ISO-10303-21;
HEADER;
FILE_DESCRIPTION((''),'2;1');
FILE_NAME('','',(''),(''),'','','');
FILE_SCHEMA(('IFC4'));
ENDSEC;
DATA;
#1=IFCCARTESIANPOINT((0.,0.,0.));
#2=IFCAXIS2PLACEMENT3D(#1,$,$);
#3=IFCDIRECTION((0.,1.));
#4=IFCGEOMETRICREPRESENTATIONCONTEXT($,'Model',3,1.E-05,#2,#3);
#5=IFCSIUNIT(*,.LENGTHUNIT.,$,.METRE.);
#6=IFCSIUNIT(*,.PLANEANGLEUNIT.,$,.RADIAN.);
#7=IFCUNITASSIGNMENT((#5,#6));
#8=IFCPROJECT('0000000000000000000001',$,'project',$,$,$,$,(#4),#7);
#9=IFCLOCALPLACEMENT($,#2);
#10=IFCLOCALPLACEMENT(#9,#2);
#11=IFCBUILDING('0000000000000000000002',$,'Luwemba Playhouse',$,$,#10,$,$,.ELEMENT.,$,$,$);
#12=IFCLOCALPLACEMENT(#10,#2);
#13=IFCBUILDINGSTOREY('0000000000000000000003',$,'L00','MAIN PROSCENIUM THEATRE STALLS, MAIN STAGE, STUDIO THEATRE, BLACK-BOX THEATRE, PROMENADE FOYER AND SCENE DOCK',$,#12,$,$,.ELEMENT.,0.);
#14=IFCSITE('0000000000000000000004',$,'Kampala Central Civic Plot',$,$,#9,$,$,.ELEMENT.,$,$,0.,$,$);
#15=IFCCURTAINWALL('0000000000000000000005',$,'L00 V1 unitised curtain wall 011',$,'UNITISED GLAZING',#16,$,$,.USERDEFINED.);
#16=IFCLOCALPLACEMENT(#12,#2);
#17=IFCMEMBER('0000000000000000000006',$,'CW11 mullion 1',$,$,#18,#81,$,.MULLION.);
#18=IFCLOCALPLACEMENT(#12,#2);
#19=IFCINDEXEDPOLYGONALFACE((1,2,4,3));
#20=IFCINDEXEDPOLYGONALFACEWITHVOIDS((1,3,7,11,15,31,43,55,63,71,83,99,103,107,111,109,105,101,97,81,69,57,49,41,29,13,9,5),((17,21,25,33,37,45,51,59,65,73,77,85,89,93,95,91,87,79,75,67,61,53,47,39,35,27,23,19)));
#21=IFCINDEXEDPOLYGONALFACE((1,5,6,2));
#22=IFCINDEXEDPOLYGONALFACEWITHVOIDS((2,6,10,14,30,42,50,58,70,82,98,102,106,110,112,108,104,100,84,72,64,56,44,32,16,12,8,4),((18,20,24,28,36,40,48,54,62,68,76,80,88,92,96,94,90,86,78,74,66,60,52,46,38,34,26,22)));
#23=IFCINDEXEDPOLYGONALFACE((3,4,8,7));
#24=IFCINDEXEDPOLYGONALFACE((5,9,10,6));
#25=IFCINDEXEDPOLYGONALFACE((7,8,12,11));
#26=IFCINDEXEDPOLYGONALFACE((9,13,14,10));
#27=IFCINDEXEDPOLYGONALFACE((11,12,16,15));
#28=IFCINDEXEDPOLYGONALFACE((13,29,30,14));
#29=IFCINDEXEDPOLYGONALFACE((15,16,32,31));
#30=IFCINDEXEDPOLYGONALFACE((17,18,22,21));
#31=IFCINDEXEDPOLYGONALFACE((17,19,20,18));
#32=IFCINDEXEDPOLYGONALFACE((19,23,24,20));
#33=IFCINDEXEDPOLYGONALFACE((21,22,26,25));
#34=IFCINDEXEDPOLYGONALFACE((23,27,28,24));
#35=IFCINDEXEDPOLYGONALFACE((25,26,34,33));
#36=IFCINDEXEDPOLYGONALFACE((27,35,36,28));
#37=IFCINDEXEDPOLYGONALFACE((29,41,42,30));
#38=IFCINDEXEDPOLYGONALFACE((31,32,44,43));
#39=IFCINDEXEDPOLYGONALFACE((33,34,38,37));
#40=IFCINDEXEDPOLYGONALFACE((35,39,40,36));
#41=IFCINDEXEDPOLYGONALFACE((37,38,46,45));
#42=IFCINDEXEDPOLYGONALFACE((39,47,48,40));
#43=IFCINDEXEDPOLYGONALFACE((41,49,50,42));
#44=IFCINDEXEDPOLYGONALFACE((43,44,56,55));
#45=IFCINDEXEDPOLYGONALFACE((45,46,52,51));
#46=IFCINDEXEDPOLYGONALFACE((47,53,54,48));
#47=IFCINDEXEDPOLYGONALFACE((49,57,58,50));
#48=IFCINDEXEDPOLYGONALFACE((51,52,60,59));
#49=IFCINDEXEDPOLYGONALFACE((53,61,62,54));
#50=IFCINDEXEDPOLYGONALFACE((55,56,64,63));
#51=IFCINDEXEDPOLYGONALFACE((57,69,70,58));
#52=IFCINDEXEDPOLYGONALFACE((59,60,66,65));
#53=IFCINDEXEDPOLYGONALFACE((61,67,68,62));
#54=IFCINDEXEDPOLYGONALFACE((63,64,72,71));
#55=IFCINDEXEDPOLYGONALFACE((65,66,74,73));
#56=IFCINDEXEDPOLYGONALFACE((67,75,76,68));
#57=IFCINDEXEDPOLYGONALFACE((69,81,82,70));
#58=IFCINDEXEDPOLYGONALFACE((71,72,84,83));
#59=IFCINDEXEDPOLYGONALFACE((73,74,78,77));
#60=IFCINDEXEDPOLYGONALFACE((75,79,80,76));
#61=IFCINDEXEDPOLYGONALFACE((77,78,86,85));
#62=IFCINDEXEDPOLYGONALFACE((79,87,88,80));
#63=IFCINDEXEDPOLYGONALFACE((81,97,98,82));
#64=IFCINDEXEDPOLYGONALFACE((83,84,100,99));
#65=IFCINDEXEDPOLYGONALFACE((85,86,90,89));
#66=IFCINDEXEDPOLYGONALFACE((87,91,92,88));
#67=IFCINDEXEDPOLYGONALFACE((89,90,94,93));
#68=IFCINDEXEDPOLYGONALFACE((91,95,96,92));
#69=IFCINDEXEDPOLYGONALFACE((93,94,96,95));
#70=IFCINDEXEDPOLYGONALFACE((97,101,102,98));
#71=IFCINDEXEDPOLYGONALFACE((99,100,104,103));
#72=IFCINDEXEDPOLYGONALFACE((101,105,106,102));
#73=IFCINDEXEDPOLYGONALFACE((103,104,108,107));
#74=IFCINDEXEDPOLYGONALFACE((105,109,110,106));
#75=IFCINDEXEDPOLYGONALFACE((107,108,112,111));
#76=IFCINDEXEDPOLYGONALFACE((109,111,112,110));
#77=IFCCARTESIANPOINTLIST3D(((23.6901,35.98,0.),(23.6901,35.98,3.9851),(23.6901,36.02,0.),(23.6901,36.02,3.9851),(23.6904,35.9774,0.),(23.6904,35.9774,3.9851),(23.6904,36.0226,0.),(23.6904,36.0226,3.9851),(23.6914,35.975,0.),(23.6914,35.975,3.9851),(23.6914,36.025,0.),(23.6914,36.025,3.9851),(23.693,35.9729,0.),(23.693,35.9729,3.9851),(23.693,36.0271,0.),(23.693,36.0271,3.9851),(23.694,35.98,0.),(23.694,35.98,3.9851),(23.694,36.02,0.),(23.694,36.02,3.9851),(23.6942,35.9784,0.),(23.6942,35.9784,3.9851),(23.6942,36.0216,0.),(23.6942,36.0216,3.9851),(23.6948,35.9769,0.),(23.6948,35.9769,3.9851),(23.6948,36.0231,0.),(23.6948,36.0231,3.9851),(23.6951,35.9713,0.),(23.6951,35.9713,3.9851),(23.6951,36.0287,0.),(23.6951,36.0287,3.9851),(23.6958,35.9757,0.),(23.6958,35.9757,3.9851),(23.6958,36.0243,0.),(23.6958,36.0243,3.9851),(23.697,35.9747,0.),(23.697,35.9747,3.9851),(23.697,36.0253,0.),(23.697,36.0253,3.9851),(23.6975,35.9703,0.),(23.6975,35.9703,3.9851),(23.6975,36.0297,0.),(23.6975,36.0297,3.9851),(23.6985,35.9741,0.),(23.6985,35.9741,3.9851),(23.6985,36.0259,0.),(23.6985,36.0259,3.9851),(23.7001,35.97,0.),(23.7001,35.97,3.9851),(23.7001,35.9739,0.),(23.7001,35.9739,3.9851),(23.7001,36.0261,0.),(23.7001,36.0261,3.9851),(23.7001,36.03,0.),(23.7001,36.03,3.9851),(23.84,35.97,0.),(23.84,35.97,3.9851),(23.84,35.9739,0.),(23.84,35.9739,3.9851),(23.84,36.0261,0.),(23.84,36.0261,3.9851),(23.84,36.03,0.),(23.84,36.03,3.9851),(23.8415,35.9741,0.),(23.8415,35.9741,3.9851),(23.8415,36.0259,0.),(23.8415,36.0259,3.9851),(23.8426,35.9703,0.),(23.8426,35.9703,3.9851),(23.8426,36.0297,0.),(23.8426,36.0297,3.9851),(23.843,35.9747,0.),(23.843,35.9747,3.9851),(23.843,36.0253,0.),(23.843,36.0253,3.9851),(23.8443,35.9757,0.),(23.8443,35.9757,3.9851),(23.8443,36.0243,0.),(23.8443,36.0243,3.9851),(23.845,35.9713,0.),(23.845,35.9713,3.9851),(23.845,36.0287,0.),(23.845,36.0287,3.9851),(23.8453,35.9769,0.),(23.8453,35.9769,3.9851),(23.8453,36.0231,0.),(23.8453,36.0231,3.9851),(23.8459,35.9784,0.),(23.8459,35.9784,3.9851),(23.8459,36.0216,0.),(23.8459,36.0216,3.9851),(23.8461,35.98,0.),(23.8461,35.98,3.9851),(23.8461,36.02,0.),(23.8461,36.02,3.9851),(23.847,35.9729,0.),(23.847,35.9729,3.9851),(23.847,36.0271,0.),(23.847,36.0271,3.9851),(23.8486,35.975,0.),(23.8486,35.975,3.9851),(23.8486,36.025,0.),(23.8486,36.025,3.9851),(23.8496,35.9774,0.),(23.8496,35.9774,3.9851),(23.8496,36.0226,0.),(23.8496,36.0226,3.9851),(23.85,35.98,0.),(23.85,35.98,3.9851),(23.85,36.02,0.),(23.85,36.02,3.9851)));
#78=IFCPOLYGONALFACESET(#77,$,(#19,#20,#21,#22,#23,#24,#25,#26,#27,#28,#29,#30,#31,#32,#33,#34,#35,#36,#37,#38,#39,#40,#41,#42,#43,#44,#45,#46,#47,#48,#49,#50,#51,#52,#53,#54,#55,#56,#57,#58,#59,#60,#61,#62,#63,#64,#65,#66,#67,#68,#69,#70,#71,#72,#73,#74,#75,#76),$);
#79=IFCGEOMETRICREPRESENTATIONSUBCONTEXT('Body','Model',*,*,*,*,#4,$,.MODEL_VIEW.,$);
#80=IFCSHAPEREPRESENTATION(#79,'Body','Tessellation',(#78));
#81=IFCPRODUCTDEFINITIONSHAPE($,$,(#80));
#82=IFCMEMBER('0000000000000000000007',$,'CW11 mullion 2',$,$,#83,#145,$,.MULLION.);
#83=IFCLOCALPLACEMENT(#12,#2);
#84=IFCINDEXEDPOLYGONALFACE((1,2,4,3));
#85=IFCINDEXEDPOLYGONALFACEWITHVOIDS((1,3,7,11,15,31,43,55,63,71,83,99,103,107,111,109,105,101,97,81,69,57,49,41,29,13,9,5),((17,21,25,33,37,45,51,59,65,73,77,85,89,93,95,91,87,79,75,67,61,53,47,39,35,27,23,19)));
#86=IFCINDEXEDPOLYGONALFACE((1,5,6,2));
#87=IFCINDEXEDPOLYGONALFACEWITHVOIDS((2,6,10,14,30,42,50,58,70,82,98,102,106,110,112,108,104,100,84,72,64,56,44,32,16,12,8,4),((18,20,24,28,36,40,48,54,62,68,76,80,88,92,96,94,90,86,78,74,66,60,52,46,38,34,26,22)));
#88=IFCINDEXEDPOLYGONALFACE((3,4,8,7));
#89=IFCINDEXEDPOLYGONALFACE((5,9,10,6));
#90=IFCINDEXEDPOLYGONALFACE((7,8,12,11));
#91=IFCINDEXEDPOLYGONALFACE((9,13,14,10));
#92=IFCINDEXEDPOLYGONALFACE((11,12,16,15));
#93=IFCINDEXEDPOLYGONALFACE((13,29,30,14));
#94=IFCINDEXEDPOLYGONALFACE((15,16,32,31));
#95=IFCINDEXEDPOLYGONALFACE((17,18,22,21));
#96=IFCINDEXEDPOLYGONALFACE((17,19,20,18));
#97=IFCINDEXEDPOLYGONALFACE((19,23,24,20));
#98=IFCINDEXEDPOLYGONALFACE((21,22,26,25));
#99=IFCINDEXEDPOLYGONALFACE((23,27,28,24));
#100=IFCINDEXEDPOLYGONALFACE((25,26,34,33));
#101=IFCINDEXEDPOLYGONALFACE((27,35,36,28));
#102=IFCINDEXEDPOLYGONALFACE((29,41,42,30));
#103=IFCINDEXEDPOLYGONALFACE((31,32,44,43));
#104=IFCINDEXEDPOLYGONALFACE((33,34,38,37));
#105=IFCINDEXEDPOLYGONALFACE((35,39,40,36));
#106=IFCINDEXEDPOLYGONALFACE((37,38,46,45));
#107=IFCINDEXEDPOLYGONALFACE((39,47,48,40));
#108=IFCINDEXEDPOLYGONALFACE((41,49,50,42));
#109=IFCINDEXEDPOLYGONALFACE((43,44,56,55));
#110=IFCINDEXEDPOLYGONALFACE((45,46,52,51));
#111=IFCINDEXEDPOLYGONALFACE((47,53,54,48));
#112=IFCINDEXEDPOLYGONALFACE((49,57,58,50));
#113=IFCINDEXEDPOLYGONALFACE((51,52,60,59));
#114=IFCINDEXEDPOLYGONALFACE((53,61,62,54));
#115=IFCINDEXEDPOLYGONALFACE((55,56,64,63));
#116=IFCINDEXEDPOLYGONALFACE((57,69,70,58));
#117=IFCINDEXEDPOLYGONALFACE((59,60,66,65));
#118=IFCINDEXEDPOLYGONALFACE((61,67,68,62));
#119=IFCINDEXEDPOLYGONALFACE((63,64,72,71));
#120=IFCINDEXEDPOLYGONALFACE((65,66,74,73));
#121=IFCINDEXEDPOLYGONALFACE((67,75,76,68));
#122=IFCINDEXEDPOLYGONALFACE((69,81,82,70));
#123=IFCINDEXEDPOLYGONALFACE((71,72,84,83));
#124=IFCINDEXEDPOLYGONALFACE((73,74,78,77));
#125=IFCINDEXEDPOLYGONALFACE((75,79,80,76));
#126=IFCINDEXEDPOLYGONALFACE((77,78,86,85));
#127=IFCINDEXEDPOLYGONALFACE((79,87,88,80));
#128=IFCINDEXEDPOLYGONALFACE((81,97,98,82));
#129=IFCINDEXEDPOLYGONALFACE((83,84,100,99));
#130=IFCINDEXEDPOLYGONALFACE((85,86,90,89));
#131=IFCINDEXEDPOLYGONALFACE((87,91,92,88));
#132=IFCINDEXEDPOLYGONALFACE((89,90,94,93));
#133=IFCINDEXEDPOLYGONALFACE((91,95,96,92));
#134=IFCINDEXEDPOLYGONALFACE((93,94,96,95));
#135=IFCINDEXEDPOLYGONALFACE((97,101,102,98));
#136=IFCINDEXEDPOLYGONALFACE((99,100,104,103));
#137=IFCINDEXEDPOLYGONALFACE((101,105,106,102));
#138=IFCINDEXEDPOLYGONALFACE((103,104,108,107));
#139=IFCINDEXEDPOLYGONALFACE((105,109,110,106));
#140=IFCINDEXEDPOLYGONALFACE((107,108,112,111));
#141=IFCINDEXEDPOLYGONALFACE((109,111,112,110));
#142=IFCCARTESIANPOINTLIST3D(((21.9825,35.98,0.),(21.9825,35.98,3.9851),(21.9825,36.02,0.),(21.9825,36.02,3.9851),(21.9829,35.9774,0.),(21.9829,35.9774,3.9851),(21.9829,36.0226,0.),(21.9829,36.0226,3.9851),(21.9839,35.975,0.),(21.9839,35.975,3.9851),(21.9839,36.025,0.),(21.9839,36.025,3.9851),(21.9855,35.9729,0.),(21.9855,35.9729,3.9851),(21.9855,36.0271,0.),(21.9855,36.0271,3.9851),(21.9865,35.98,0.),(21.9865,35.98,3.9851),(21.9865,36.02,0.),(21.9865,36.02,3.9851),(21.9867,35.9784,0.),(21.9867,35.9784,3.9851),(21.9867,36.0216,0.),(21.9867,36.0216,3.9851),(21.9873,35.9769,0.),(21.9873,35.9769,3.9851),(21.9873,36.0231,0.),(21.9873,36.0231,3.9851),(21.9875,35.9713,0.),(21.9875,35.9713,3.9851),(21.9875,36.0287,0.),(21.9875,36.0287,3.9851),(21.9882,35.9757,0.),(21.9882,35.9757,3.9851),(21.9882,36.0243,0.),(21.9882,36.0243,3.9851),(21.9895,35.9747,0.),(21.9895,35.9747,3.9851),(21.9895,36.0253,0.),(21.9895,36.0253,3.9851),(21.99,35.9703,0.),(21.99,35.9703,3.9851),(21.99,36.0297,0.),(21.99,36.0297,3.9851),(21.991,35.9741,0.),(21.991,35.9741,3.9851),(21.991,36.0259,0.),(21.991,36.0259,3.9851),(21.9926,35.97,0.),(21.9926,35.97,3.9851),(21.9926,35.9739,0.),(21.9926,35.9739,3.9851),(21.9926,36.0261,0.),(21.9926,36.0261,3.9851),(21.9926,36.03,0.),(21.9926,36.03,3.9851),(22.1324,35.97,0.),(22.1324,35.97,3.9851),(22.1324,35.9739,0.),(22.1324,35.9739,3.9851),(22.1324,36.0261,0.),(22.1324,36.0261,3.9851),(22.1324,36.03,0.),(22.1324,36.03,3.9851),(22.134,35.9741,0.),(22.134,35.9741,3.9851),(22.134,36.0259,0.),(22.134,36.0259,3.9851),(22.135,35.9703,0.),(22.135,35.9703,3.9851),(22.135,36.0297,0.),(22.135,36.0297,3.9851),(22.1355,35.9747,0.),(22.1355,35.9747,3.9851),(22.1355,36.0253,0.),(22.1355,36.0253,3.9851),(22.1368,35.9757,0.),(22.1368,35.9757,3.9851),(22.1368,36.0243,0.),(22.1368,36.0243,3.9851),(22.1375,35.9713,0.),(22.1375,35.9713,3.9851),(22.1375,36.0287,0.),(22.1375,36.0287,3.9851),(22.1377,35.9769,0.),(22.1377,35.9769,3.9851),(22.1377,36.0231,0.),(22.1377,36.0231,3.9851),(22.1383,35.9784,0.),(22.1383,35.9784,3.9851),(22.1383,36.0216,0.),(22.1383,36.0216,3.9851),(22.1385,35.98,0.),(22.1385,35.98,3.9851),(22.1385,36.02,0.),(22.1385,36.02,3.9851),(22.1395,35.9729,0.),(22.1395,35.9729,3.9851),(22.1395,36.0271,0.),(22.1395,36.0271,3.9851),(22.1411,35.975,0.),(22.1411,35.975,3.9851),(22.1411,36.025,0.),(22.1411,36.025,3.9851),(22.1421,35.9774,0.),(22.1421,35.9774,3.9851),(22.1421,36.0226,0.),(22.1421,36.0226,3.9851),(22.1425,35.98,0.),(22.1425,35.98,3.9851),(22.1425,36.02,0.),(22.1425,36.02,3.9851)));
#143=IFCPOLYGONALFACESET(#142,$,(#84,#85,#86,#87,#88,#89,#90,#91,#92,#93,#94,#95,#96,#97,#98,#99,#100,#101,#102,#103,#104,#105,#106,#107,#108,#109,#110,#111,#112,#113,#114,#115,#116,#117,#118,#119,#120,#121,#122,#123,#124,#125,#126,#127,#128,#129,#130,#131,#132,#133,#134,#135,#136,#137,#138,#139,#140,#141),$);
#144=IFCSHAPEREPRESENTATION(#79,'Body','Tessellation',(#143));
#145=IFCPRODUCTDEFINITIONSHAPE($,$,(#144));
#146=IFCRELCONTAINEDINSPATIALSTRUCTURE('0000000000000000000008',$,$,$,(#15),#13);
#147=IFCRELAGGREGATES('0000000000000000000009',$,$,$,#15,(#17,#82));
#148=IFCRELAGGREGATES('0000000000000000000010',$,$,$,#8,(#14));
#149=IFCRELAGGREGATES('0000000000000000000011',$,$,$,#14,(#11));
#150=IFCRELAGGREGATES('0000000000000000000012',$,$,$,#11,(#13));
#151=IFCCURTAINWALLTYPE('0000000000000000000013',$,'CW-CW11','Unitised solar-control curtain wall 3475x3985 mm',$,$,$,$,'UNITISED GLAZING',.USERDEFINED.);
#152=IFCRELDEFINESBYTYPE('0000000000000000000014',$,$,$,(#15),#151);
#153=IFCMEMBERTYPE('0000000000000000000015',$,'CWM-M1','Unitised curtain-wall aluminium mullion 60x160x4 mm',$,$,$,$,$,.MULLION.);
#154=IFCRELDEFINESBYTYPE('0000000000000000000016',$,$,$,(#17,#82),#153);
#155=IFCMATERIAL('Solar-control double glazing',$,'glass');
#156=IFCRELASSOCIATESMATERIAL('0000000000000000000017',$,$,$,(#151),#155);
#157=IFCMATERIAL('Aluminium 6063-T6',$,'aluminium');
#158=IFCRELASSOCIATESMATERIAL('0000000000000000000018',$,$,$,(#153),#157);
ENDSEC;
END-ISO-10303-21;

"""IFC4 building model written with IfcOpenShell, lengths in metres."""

from ifc_helpers import new_model, si_unit, direction, frame, origin, origin_2d, place, context, subcontext, project, spatial, hollow_rectangle, extrude, material, material_profile, profile_set, type_object, element, aggregate, save


model = new_model("IFC4")

# Units and contexts
model_context = context("Model", 3, precision=1e-05, world=origin(), true_north=direction((0.0, 1.0)))
body_context = subcontext(model_context, "Body", "Model", "MODEL_VIEW")
ifc_project = project(units=[si_unit("LENGTHUNIT", "METRE"), si_unit("PLANEANGLEUNIT", "RADIAN")], contexts=[model_context])

# Site, building, storey
site_placement = place(None, origin())
site = spatial("IfcSite", under=ifc_project, at=site_placement, Name="Kampala Central Civic Plot", CompositionType="ELEMENT", RefElevation=0.0)
building_placement = place(site_placement, origin())
building = spatial("IfcBuilding", under=site, at=building_placement, Name="Luwemba Playhouse", CompositionType="ELEMENT")
storey_placement = place(building_placement, origin())
storey = spatial("IfcBuildingStorey", under=building, at=storey_placement, Name="L00", Description="MAIN PROSCENIUM THEATRE STALLS, MAIN STAGE, STUDIO THEATRE, BLACK-BOX THEATRE, PROMENADE FOYER AND SCENE DOCK", CompositionType="ELEMENT", Elevation=0.0)

# Curtain wall, members
ifc_material_1 = material(Name="Solar-control double glazing", Category="glass")
curtain_wall_type = type_object("IfcCurtainWallType", Name="CW-CW11", Description="Unitised solar-control curtain wall 3475x3985 mm", ElementType="UNITISED GLAZING", PredefinedType="USERDEFINED", material=ifc_material_1)
curtain_wall_placement = place(storey_placement, origin())
curtain_wall = element("IfcCurtainWall", 1, at=curtain_wall_placement, inside=storey, type_object=curtain_wall_type, Name="L00 V1 unitised curtain wall 011", ObjectType="UNITISED GLAZING", PredefinedType="USERDEFINED")
ifc_material_2 = material(Name="Aluminium 6063-T6", Category="aluminium")
ifc_material_profile_1 = material_profile(ifc_material_2, hollow_rectangle(XDim=0.0601, YDim=0.1599, WallThickness=0.0039, InnerFilletRadius=0.0061, OuterFilletRadius=0.01, at=origin_2d()))
ifc_profile_set_1 = profile_set([ifc_material_profile_1], Name="Aluminium 6063-T6")
member_type_1 = type_object("IfcMemberType", Name="CWM-M1", Description="Unitised curtain-wall aluminium mullion 60x160x4 mm", PredefinedType="MULLION", material=ifc_profile_set_1)
member_1_placement = place(storey_placement, frame((23.77, 36.0, 0.0), z_axis=(0.0, 0.0, 1.0), x_axis=(0.0, -1.0, 0.0)))
member_1 = element("IfcMember", 2, at=member_1_placement, type_object=member_type_1, Name="CW11 mullion 1", PredefinedType="MULLION", context=body_context, shape_type="SweptSolid", body=[
    extrude(hollow_rectangle(XDim=0.0601, YDim=0.1599, WallThickness=0.0039, InnerFilletRadius=0.0061, OuterFilletRadius=0.01, at=origin_2d()), origin(), (0.0, 0.0, 1.0), 3.9851),
])
member_2_placement = place(storey_placement, frame((22.0625, 36.0, 0.0), z_axis=(0.0, 0.0, 1.0), x_axis=(0.0, -1.0, 0.0)))
member_2 = element("IfcMember", 3, at=member_2_placement, type_object=member_type_1, Name="CW11 mullion 2", PredefinedType="MULLION", context=body_context, shape_type="SweptSolid", body=[
    extrude(hollow_rectangle(XDim=0.0601, YDim=0.1599, WallThickness=0.0039, InnerFilletRadius=0.0061, OuterFilletRadius=0.01, at=origin_2d()), origin(), (0.0, 0.0, 1.0), 3.9851),
])
aggregate(curtain_wall, [member_1, member_2])

save(model, "model.ifc")
